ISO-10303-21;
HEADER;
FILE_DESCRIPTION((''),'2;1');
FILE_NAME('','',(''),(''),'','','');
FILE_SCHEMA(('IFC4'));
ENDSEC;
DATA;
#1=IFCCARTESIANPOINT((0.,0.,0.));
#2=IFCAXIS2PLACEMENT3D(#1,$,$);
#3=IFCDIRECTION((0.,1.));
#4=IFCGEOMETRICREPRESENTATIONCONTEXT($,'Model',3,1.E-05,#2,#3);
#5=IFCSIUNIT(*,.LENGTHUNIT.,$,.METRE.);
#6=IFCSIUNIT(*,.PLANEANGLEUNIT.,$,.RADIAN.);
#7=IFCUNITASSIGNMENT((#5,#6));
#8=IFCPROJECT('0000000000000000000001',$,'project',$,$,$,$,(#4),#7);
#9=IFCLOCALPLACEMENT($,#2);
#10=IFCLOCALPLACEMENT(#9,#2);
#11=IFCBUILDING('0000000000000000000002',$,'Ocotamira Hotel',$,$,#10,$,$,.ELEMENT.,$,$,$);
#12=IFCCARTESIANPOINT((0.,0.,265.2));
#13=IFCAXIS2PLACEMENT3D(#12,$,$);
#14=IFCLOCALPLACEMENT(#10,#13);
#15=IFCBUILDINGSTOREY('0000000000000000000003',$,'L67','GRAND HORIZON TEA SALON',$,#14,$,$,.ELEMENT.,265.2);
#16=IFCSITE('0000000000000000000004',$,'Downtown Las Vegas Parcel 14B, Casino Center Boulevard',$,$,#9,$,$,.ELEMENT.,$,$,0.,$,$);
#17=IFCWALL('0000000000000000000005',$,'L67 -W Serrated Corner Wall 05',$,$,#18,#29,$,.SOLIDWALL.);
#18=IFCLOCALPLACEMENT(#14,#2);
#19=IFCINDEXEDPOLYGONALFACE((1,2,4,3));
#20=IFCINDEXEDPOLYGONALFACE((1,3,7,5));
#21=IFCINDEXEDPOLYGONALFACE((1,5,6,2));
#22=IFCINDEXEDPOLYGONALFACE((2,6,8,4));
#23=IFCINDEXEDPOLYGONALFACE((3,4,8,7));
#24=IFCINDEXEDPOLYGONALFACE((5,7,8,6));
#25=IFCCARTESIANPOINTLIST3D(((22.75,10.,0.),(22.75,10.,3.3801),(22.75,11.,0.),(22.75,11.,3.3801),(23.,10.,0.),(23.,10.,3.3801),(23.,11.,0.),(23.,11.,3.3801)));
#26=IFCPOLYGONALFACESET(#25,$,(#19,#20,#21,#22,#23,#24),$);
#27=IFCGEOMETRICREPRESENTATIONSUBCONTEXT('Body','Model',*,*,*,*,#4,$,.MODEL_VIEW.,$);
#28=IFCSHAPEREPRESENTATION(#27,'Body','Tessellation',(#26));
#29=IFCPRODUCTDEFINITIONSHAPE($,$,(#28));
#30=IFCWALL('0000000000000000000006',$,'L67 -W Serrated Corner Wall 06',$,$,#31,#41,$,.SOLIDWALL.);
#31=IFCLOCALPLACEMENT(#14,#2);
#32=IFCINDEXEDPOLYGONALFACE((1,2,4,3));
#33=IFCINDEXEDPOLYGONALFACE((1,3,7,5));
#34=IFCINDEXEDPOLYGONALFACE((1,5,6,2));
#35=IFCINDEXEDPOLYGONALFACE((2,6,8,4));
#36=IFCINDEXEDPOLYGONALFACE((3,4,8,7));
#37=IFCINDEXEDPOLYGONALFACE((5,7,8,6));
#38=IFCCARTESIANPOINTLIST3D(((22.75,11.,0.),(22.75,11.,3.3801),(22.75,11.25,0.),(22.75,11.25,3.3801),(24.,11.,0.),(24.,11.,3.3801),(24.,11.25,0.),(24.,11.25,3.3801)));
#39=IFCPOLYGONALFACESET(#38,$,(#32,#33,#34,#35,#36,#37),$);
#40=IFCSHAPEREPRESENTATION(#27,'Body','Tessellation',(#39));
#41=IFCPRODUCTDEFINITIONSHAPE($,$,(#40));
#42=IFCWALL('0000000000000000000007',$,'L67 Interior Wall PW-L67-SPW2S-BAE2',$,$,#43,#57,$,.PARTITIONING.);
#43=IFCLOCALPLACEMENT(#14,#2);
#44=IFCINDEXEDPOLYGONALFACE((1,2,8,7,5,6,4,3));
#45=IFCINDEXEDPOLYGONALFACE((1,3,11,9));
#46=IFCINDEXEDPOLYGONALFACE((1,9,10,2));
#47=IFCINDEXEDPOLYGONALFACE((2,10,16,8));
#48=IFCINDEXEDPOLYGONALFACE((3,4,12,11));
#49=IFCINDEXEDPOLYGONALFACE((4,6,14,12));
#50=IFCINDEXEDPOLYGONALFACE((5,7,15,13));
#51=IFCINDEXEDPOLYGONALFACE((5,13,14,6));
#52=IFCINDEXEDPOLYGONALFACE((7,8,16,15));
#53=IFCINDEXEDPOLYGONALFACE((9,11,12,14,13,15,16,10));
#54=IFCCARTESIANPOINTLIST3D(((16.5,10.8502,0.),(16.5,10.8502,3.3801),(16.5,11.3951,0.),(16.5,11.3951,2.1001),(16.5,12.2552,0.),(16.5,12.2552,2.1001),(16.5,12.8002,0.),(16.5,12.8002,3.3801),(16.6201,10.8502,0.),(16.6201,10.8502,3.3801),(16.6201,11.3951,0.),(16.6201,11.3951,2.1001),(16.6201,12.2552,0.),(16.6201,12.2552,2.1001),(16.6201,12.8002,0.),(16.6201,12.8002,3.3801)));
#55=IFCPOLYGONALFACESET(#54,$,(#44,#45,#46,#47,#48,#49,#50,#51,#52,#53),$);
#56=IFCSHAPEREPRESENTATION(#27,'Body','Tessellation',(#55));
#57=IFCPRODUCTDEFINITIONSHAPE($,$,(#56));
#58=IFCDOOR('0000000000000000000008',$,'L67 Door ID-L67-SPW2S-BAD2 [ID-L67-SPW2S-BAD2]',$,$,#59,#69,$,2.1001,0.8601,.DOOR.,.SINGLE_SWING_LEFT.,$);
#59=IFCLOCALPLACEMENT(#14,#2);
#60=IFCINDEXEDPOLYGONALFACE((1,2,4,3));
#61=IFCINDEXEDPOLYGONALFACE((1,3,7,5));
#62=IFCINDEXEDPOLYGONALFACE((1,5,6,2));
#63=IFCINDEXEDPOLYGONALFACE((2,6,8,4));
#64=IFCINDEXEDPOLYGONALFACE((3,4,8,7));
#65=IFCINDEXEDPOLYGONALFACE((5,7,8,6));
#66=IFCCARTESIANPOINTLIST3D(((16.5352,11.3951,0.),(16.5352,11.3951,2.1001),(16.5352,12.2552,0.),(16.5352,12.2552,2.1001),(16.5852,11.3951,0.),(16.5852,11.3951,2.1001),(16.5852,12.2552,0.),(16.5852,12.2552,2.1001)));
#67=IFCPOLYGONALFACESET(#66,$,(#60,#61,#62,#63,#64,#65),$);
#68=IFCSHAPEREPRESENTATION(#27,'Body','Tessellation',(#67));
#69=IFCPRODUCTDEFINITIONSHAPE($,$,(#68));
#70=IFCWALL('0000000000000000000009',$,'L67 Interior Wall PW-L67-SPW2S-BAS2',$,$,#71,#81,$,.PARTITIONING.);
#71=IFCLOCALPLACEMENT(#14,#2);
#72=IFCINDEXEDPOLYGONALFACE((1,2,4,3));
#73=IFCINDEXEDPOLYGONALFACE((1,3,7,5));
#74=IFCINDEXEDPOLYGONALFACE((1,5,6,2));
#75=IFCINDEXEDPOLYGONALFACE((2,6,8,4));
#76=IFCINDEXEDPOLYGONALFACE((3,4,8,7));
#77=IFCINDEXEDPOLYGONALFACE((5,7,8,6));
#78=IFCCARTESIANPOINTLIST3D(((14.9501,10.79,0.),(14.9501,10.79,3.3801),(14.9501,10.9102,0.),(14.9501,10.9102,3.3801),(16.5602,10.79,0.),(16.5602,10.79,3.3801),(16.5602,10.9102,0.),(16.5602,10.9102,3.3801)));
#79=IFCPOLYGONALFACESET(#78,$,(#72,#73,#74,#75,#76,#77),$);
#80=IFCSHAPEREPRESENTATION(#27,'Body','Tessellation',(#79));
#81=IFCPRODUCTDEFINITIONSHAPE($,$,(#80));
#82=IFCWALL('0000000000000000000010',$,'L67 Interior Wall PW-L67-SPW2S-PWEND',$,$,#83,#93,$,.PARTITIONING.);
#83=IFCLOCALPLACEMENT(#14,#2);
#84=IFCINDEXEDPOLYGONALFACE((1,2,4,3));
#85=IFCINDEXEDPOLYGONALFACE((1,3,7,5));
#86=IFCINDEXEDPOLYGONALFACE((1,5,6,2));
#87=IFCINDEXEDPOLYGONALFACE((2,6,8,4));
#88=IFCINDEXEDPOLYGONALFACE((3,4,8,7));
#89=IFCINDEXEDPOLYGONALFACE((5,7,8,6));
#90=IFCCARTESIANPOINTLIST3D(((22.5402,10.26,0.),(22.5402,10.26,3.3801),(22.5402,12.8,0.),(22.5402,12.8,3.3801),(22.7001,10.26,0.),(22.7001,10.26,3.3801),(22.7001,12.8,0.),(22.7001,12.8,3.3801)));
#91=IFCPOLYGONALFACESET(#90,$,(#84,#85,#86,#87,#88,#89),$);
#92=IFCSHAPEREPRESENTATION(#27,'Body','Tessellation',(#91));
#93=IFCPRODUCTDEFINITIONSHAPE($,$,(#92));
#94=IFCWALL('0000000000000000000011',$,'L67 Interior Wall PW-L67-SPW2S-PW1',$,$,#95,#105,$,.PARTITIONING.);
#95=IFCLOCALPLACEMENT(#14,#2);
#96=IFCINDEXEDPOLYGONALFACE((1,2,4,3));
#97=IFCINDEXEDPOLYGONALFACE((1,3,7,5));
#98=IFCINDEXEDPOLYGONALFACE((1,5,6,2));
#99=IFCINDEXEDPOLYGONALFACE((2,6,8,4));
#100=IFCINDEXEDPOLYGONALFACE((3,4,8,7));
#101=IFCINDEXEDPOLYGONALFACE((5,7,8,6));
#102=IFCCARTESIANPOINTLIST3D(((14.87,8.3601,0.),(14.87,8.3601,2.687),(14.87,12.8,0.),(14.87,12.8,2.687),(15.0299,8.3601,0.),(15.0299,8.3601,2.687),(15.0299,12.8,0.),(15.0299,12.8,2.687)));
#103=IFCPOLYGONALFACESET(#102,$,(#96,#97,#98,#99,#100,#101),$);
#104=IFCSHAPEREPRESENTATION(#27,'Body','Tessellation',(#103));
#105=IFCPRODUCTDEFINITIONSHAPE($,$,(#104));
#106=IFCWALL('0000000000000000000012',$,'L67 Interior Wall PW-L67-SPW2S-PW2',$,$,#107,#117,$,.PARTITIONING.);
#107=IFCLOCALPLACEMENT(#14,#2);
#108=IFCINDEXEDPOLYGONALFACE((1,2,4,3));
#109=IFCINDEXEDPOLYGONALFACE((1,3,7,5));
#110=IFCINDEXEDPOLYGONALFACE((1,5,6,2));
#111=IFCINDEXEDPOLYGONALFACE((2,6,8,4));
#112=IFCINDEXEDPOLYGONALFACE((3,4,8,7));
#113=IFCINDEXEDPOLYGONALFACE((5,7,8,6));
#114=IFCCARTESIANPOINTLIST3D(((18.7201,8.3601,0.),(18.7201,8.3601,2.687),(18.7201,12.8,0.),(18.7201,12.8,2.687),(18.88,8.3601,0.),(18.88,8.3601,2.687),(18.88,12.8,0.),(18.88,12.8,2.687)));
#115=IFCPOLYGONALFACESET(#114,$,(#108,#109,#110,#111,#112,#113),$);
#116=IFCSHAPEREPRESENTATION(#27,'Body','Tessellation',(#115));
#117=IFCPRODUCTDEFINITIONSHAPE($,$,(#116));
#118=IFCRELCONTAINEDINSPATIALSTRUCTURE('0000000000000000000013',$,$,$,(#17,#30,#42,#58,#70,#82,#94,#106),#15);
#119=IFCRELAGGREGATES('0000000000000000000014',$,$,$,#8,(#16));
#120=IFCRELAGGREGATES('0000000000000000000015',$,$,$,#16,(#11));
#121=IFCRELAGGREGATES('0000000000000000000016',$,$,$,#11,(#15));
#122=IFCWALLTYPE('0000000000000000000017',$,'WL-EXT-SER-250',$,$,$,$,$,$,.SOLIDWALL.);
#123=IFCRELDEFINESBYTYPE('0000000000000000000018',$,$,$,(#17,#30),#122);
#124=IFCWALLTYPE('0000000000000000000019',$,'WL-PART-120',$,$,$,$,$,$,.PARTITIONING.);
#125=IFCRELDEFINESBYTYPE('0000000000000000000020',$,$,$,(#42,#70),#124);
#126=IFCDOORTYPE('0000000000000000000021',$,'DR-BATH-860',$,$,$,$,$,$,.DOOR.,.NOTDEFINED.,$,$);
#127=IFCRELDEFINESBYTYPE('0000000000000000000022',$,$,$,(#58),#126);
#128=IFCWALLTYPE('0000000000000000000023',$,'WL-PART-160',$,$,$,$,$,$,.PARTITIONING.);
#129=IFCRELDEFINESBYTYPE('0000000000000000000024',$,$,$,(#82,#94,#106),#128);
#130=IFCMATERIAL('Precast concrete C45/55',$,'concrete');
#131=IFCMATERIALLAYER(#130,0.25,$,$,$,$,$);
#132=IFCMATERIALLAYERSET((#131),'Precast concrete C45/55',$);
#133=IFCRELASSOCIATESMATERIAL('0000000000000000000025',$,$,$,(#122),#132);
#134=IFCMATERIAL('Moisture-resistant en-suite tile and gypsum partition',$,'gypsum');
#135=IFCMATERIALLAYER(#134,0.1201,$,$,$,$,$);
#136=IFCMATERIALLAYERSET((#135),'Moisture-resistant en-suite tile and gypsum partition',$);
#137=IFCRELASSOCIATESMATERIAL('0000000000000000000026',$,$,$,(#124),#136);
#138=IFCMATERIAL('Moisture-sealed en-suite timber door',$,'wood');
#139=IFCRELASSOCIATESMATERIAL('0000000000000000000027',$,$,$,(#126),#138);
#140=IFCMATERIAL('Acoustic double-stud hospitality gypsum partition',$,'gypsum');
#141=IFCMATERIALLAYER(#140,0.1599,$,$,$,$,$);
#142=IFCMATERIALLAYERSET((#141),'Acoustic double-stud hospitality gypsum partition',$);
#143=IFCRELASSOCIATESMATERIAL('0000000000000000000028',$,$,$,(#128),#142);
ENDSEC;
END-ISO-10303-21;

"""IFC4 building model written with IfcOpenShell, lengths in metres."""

from ifc_helpers import new_model, si_unit, direction, frame, frame_2d, origin, place, context, subcontext, project, spatial, rectangle, extrude, source, transform, mapped, material, layer, layer_set, type_object, element, fill, save


model = new_model("IFC4")

# Units and contexts
model_context = context("Model", 3, precision=1e-05, world=origin(), true_north=direction((0.0, 1.0)))
body_context = subcontext(model_context, "Body", "Model", "MODEL_VIEW")
ifc_project = project(units=[si_unit("LENGTHUNIT", "METRE"), si_unit("PLANEANGLEUNIT", "RADIAN")], contexts=[model_context])

# Site, building, storey
site_placement = place(None, origin())
site = spatial("IfcSite", under=ifc_project, at=site_placement, Name="Downtown Las Vegas Parcel 14B, Casino Center Boulevard", CompositionType="ELEMENT", RefElevation=0.0)
building_placement = place(site_placement, origin())
building = spatial("IfcBuilding", under=site, at=building_placement, Name="Ocotamira Hotel", CompositionType="ELEMENT")
storey_placement = place(building_placement, frame((0.0, 0.0, 265.2)))
storey = spatial("IfcBuildingStorey", under=building, at=storey_placement, Name="L67", Description="GRAND HORIZON TEA SALON", CompositionType="ELEMENT", Elevation=265.2)

# Walls
ifc_material_1 = material(Name="Precast concrete C45/55", Category="concrete")
ifc_layer_1 = layer(ifc_material_1, 0.25)
ifc_layer_set_1 = layer_set([ifc_layer_1], Name="Precast concrete C45/55")
wall_type_1 = type_object("IfcWallType", Name="WL-EXT-SER-250", PredefinedType="SOLIDWALL", material=ifc_layer_set_1)
for number, where, z_axis, x_axis, name in (
    (1, (22.875, 10.0, 0.0), (0.0, 0.0, 1.0), (0.0, 1.0, 0.0), "L67 -W Serrated Corner Wall 05"),
):
    element("IfcWall", number, at=place(storey_placement, frame(where, z_axis=z_axis, x_axis=x_axis)), inside=storey, type_object=wall_type_1, Name=name, PredefinedType="SOLIDWALL", context=body_context, shape_type="SweptSolid", body=[
        extrude(rectangle(XDim=1.0, YDim=0.25, at=frame_2d((0.5, 0.0))), origin(), (0.0, 0.0, 1.0), 3.3801),
    ])
wall_1_placement = place(storey_placement, frame((22.75, 11.125, 0.0), z_axis=(0.0, 0.0, 1.0), x_axis=(1.0, 0.0, 0.0)))
element("IfcWall", 2, at=wall_1_placement, inside=storey, type_object=wall_type_1, Name="L67 -W Serrated Corner Wall 06", PredefinedType="SOLIDWALL", context=body_context, shape_type="SweptSolid", body=[
    extrude(rectangle(XDim=1.25, YDim=0.25, at=frame_2d((0.625, 0.0))), origin(), (0.0, 0.0, 1.0), 3.3801),
])

# Wall, opening, door
ifc_material_2 = material(Name="Moisture-resistant en-suite tile and gypsum partition", Category="gypsum")
ifc_layer_2 = layer(ifc_material_2, 0.1201)
ifc_layer_set_2 = layer_set([ifc_layer_2], Name="Moisture-resistant en-suite tile and gypsum partition")
wall_type_2 = type_object("IfcWallType", Name="WL-PART-120", PredefinedType="PARTITIONING", material=ifc_layer_set_2)
wall_2_placement = place(storey_placement, frame((16.5601, 10.8501, 0.0), z_axis=(0.0, 0.0, 1.0), x_axis=(0.0, 1.0, 0.0)))
wall_2 = element("IfcWall", 3, at=wall_2_placement, inside=storey, type_object=wall_type_2, Name="L67 Interior Wall PW-L67-SPW2S-BAE2", PredefinedType="PARTITIONING", context=body_context, shape_type="SweptSolid", body=[
    extrude(rectangle(XDim=1.95, YDim=0.1201, at=frame_2d((0.9751, 0.0))), origin(), (0.0, 0.0, 1.0), 3.3801),
])
opening_placement = place(wall_2_placement, frame((0.5449, 0.0, 0.0)))
opening = element("IfcOpeningElement", 4, at=opening_placement, cuts=wall_2, PredefinedType="OPENING", context=body_context, shape_type="SweptSolid", body=[
    extrude(rectangle(XDim=0.8601, YDim=2.1001, at=frame_2d((0.4302, 1.05))), frame((0.0, 0.0701, 0.0), z_axis=(0.0, -1.0, 0.0), x_axis=(1.0, 0.0, 0.0)), (0.0, 0.0, 1.0), 0.1401),
])
ifc_material_3 = material(Name="Moisture-sealed en-suite timber door", Category="wood")
door_type = type_object("IfcDoorType", Name="DR-BATH-860", OperationType="NOTDEFINED", PredefinedType="DOOR", material=ifc_material_3)
shared_shape_1 = source(origin(), body_context, "Body", "SweptSolid", [
    extrude(rectangle(XDim=0.8601, YDim=2.1001, at=frame_2d((0.4302, 1.05))), frame((0.0, 0.0249, 0.0), z_axis=(0.0, -1.0, 0.0), x_axis=(1.0, 0.0, 0.0)), (0.0, 0.0, 1.0), 0.05),
])
door_placement = place(opening_placement, origin())
door = element("IfcDoor", 5, at=door_placement, inside=storey, type_object=door_type, Name="L67 Door ID-L67-SPW2S-BAD2 [ID-L67-SPW2S-BAD2]", OperationType="SINGLE_SWING_LEFT", OverallHeight=2.1001, OverallWidth=0.8601, PredefinedType="DOOR", context=body_context, shape_type="MappedRepresentation", body=[
    mapped(shared_shape_1, transform((0.0, 0.0, 0.0), scale=1.0)),
])
fill(opening, door)

# Walls
wall_3_placement = place(storey_placement, frame((14.95, 10.8501, 0.0), z_axis=(0.0, 0.0, 1.0), x_axis=(1.0, 0.0, 0.0)))
element("IfcWall", 6, at=wall_3_placement, inside=storey, type_object=wall_type_2, Name="L67 Interior Wall PW-L67-SPW2S-BAS2", PredefinedType="PARTITIONING", context=body_context, shape_type="SweptSolid", body=[
    extrude(rectangle(XDim=1.6101, YDim=0.1201, at=frame_2d((0.8052, 0.0))), origin(), (0.0, 0.0, 1.0), 3.3801),
])
ifc_material_4 = material(Name="Acoustic double-stud hospitality gypsum partition", Category="gypsum")
ifc_layer_3 = layer(ifc_material_4, 0.1599)
ifc_layer_set_3 = layer_set([ifc_layer_3], Name="Acoustic double-stud hospitality gypsum partition")
wall_type_3 = type_object("IfcWallType", Name="WL-PART-160", PredefinedType="PARTITIONING", material=ifc_layer_set_3)
wall_4_placement = place(storey_placement, frame((22.6201, 10.26, 0.0), z_axis=(0.0, 0.0, 1.0), x_axis=(0.0, 1.0, 0.0)))
element("IfcWall", 7, at=wall_4_placement, inside=storey, type_object=wall_type_3, Name="L67 Interior Wall PW-L67-SPW2S-PWEND", PredefinedType="PARTITIONING", context=body_context, shape_type="SweptSolid", body=[
    extrude(rectangle(XDim=2.54, YDim=0.1599, at=frame_2d((1.27, 0.0))), origin(), (0.0, 0.0, 1.0), 3.3801),
])
for number, where, z_axis, x_axis, name in (
    (8, (14.95, 8.3601, 0.0), (0.0, 0.0, 1.0), (0.0, 1.0, 0.0), "L67 Interior Wall PW-L67-SPW2S-PW1"),
    (9, (18.8, 8.3601, 0.0), (0.0, 0.0, 1.0), (0.0, 1.0, 0.0), "L67 Interior Wall PW-L67-SPW2S-PW2"),
):
    element("IfcWall", number, at=place(storey_placement, frame(where, z_axis=z_axis, x_axis=x_axis)), inside=storey, type_object=wall_type_3, Name=name, PredefinedType="PARTITIONING", context=body_context, shape_type="SweptSolid", body=[
        extrude(rectangle(XDim=4.4399, YDim=0.1599, at=frame_2d((2.22, 0.0))), origin(), (0.0, 0.0, 1.0), 2.687),
    ])

save(model, "model.ifc")
